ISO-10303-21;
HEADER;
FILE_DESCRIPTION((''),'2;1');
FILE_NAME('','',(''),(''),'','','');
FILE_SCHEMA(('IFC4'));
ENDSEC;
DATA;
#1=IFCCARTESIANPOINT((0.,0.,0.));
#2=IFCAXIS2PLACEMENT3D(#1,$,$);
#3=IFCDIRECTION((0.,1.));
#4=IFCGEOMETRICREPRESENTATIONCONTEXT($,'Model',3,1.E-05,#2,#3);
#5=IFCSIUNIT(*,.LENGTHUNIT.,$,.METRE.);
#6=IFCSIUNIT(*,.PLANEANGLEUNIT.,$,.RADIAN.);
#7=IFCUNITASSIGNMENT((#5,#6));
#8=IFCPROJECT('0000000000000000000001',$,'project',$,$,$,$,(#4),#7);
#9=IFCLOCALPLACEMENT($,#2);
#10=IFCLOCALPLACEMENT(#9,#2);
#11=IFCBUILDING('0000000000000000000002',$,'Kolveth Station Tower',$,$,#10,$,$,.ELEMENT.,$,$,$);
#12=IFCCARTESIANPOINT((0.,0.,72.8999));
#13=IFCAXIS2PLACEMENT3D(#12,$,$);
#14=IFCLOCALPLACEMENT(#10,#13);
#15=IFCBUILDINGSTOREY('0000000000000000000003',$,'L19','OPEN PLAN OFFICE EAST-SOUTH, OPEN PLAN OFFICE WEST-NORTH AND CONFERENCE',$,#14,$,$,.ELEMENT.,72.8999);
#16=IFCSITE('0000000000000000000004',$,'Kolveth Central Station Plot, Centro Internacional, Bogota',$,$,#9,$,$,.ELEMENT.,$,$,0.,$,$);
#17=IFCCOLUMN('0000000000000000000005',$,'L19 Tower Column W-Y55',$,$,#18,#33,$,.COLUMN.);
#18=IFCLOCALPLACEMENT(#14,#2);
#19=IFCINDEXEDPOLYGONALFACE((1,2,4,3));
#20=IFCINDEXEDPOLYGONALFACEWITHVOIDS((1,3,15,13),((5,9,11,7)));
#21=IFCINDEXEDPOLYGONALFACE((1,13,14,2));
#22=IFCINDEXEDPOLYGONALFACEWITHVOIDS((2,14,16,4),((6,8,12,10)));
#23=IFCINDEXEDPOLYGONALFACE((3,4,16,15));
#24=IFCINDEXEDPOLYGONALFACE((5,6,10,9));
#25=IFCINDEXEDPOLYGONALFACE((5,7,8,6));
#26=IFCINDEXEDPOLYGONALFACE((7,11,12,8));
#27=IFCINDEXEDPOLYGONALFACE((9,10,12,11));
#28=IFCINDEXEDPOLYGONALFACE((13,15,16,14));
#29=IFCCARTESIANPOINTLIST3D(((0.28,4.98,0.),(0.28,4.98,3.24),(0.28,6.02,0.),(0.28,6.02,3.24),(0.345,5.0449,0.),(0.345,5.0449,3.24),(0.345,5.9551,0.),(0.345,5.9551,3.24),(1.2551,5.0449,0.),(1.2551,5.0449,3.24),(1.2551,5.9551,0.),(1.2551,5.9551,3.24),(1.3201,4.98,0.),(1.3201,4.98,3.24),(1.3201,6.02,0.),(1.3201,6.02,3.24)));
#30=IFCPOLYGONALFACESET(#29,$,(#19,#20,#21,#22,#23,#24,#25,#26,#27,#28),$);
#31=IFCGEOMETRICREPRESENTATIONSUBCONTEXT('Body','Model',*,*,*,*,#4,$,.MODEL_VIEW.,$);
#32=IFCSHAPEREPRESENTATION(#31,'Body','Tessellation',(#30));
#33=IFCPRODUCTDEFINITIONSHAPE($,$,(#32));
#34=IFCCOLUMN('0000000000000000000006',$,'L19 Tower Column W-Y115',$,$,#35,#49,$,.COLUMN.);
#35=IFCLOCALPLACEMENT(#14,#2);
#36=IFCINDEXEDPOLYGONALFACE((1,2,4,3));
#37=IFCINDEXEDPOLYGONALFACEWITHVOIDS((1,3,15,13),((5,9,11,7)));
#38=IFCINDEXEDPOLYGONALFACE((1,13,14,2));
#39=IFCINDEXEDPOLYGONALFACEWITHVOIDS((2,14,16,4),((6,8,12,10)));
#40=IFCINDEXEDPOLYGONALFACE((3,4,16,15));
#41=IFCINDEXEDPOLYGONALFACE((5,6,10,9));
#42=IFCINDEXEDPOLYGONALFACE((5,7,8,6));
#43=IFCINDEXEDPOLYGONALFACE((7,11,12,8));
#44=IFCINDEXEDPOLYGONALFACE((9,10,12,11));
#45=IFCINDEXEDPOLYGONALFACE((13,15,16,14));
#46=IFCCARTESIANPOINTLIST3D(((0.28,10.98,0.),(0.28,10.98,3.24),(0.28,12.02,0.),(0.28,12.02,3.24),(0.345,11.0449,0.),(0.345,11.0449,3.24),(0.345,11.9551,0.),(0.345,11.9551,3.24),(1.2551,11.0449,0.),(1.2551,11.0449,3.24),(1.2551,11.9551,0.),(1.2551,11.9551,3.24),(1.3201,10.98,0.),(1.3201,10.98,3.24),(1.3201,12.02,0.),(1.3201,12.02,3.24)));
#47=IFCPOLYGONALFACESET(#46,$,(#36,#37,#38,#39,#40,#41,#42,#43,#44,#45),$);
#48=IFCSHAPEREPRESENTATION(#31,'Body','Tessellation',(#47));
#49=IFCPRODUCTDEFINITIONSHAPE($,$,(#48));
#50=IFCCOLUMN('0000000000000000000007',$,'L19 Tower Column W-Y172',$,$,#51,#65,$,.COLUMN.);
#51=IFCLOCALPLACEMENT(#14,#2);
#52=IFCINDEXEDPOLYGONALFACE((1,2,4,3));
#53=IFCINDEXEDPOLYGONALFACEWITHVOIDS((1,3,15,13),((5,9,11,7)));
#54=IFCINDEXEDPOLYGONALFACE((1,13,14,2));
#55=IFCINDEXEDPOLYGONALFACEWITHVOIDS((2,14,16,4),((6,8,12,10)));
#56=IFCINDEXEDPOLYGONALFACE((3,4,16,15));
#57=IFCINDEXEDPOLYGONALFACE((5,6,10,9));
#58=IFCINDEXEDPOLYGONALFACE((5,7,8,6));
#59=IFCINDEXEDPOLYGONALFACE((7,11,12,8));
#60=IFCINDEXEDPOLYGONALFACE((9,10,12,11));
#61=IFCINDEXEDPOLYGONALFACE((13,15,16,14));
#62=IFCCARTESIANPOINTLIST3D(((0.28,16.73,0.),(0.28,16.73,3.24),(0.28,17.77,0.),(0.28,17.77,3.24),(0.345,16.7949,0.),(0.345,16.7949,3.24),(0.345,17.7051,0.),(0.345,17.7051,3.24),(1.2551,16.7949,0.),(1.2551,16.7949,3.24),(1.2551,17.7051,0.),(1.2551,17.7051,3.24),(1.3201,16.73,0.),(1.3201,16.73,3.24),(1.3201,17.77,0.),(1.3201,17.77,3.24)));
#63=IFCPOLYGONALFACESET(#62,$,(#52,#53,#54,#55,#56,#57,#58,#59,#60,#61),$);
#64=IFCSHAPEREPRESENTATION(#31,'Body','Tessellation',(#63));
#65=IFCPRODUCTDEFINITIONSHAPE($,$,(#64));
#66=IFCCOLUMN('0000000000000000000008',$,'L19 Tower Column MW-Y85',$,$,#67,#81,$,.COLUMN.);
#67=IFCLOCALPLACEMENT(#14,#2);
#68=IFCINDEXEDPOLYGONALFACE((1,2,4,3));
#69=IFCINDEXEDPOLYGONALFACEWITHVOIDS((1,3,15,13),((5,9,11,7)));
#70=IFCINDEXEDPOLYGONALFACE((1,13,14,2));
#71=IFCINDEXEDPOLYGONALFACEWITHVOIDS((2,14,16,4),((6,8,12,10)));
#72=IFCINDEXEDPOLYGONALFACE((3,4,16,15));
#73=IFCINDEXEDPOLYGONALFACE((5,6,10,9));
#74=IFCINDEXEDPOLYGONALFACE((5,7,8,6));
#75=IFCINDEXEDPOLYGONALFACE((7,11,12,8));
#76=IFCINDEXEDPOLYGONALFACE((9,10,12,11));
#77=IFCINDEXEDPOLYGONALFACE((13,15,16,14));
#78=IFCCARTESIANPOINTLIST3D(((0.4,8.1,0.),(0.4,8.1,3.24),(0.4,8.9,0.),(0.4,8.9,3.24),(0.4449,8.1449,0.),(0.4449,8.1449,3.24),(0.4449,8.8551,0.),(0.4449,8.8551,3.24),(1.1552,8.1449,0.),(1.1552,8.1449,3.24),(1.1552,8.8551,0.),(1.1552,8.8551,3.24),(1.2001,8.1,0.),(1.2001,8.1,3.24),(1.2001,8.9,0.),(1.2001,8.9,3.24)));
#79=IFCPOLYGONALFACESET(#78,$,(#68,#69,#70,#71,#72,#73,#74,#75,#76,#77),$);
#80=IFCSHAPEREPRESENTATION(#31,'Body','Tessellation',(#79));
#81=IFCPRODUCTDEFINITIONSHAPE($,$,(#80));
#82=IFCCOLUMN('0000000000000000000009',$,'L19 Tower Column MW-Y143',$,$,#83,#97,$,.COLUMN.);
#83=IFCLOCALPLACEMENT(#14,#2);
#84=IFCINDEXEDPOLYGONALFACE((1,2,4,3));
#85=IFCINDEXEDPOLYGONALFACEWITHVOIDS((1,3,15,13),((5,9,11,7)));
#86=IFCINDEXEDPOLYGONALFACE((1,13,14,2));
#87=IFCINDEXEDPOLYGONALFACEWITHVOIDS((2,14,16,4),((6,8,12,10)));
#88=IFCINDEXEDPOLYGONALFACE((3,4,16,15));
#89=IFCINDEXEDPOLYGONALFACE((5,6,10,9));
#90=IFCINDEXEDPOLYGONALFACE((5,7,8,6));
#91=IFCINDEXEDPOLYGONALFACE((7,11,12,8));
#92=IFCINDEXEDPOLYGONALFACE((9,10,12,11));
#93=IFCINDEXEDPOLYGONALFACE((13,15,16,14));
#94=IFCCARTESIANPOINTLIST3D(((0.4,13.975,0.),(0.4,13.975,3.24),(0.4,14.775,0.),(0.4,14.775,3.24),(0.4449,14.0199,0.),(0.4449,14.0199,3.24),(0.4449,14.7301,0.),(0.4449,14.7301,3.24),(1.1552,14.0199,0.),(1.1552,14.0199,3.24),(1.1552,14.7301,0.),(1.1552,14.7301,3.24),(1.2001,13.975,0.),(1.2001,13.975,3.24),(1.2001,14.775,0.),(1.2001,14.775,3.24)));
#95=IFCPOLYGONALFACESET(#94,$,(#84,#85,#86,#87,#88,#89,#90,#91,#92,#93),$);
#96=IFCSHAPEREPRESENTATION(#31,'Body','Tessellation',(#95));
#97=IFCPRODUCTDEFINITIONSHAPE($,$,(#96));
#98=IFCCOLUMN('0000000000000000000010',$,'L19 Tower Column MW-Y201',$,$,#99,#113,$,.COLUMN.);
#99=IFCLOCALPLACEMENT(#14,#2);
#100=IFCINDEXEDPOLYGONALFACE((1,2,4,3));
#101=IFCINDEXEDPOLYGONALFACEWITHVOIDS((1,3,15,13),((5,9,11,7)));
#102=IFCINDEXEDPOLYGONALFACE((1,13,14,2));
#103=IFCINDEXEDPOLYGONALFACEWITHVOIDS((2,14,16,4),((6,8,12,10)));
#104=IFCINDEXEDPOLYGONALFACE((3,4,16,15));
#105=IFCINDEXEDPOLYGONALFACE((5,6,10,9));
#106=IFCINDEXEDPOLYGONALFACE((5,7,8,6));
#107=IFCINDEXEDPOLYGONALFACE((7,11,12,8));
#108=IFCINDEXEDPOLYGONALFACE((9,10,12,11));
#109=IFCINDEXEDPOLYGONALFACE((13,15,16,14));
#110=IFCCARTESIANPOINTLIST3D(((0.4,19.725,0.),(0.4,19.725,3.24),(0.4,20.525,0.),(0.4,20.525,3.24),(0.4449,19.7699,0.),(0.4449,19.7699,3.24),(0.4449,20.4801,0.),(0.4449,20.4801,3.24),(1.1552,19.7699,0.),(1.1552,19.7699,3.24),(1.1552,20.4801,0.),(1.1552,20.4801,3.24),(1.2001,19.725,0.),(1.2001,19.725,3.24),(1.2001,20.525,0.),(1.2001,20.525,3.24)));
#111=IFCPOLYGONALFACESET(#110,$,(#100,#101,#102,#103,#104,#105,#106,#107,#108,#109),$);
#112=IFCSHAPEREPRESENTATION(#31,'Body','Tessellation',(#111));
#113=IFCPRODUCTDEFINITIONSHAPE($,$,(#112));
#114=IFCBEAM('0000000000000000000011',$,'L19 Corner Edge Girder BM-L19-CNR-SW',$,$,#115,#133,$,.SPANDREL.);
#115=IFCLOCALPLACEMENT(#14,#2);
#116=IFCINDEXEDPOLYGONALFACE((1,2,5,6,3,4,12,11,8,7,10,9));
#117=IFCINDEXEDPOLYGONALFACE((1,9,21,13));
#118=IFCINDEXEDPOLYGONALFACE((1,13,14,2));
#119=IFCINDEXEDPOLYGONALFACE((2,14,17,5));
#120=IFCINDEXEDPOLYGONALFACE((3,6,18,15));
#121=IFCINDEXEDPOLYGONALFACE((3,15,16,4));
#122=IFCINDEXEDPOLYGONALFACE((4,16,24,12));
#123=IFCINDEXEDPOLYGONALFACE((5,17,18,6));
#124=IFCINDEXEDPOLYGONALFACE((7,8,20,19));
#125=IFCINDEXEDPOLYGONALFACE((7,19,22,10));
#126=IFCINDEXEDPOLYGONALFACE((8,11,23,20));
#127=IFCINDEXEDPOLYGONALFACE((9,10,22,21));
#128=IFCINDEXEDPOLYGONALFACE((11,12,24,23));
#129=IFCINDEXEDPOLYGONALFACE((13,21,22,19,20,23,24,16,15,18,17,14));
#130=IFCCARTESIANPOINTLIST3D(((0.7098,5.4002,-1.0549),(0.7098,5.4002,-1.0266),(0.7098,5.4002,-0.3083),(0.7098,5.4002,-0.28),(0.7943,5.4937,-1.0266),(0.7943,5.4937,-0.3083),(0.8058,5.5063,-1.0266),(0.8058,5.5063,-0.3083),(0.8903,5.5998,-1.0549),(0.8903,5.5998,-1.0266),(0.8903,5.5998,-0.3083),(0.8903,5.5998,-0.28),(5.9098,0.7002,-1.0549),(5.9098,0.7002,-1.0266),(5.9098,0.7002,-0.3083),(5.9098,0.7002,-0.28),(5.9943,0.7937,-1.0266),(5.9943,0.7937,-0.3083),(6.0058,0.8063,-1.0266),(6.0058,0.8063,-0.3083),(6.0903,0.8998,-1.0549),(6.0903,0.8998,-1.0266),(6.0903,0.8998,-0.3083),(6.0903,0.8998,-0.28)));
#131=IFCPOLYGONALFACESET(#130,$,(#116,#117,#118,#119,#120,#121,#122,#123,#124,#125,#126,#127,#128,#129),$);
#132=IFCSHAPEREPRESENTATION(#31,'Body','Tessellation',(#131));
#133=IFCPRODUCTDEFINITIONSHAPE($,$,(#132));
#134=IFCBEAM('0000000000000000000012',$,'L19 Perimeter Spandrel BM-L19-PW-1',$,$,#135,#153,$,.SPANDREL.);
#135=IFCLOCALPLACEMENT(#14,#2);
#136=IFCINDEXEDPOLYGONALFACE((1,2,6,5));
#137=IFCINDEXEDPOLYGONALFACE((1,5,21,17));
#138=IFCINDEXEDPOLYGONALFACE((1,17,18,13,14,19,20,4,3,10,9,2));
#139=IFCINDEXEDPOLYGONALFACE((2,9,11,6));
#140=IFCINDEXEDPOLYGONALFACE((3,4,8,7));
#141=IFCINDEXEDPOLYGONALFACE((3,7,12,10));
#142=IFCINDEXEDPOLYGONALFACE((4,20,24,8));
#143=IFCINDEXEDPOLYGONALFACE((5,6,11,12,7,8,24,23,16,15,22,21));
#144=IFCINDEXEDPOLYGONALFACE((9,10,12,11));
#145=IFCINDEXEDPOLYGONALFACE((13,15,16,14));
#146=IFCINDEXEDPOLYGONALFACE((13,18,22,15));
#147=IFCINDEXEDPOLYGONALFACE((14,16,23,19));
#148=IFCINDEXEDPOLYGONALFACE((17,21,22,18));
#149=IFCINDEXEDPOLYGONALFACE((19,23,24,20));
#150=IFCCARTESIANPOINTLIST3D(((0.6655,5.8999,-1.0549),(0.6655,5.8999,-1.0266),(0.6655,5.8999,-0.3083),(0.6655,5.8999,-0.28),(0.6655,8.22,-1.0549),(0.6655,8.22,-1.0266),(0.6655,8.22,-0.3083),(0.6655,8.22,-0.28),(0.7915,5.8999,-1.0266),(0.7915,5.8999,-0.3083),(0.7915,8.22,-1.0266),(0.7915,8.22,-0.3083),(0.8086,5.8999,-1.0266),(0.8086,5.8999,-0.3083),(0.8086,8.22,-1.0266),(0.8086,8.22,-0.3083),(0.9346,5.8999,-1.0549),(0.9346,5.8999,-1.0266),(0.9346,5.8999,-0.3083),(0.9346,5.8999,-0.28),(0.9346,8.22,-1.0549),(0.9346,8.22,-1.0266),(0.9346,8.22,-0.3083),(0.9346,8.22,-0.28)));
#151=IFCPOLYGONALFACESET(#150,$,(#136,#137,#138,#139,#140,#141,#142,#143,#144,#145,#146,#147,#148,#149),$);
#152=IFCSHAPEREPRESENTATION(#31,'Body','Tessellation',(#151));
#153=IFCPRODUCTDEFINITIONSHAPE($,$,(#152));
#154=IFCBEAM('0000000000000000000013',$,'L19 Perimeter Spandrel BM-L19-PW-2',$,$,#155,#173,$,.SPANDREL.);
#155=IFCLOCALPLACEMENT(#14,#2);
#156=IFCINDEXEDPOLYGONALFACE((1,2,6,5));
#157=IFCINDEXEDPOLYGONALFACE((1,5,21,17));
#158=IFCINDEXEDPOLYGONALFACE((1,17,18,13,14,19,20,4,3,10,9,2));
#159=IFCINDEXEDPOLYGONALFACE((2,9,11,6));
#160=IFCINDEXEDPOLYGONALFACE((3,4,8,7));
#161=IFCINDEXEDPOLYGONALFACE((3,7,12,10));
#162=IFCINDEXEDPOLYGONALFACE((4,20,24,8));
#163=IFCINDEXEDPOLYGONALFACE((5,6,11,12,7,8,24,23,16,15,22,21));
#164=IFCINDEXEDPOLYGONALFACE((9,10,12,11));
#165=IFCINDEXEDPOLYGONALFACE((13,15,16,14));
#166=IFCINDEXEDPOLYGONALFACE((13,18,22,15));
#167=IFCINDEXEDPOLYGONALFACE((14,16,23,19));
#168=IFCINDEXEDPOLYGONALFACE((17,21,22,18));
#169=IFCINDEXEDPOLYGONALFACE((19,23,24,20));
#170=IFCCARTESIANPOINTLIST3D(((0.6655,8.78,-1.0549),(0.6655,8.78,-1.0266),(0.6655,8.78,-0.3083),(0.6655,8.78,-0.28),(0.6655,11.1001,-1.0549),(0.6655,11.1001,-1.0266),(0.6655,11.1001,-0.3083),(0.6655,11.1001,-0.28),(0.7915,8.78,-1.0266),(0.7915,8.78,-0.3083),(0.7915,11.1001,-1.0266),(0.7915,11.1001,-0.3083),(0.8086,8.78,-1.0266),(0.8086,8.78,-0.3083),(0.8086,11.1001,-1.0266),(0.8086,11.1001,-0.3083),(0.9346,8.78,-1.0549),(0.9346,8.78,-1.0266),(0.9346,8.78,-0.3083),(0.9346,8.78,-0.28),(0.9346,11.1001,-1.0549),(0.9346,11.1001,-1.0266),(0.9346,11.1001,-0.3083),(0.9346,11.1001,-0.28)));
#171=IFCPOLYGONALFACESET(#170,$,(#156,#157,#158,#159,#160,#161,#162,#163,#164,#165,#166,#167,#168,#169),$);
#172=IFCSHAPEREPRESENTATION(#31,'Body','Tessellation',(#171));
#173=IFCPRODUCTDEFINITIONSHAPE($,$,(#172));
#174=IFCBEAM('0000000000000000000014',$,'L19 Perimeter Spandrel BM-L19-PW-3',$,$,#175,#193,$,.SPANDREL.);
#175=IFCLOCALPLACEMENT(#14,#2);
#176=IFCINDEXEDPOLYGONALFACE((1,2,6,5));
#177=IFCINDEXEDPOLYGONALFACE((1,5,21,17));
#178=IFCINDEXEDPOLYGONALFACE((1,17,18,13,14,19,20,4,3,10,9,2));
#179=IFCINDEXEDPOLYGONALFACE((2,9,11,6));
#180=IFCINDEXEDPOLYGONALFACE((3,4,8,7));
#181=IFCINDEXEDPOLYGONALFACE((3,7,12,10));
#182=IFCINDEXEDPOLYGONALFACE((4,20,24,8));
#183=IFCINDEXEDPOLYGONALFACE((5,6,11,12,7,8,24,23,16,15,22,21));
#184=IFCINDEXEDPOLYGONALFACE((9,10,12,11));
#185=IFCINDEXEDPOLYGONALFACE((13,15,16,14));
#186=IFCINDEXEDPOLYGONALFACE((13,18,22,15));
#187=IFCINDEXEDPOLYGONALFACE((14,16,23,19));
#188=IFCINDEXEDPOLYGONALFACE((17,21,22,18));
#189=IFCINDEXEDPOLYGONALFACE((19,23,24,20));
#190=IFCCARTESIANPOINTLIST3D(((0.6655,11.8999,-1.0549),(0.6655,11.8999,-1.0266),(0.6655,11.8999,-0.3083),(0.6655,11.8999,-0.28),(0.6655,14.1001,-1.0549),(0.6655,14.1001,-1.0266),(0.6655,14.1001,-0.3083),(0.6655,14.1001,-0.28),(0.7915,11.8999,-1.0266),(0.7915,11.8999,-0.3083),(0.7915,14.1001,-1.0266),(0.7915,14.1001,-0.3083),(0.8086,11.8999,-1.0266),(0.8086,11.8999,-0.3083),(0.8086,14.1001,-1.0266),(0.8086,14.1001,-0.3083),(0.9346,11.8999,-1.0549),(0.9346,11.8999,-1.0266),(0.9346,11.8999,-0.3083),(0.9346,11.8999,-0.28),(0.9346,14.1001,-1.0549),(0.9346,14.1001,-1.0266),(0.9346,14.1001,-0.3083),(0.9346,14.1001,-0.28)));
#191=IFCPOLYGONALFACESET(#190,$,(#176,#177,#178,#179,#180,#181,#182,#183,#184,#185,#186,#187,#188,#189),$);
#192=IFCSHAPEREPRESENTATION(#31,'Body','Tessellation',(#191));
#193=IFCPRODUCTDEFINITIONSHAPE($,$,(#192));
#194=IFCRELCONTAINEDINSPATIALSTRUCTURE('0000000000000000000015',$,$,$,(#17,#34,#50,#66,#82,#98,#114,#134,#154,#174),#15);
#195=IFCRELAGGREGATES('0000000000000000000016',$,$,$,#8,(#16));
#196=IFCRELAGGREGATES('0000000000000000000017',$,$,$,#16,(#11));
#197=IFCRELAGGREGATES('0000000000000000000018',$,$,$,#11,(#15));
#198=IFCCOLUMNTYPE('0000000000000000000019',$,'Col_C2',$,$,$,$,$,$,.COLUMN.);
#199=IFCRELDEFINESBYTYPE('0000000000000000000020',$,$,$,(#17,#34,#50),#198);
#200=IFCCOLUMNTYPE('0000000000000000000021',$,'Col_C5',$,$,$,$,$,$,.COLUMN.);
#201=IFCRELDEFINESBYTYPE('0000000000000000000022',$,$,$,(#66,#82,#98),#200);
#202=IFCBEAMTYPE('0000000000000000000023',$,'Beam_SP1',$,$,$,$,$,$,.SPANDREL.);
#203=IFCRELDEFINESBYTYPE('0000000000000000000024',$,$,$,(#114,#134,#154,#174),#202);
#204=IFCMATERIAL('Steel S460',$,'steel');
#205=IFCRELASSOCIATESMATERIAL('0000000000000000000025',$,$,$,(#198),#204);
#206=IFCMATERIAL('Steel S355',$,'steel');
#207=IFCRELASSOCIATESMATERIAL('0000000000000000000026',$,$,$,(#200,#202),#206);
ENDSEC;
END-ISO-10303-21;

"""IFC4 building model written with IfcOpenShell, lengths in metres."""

from ifc_helpers import new_model, si_unit, direction, frame, origin, origin_2d, place, context, subcontext, project, spatial, hollow_rectangle, i_section, extrude, source, transform, mapped, material, material_profile, profile_set, type_object, element, save


model = new_model("IFC4")

# Units and contexts
model_context = context("Model", 3, precision=1e-05, world=origin(), true_north=direction((0.0, 1.0)))
body_context = subcontext(model_context, "Body", "Model", "MODEL_VIEW")
ifc_project = project(units=[si_unit("LENGTHUNIT", "METRE"), si_unit("PLANEANGLEUNIT", "RADIAN")], contexts=[model_context])

# Site, building, storey
site_placement = place(None, origin())
site = spatial("IfcSite", under=ifc_project, at=site_placement, Name="Kolveth Central Station Plot, Centro Internacional, Bogota", CompositionType="ELEMENT", RefElevation=0.0)
building_placement = place(site_placement, origin())
building = spatial("IfcBuilding", under=site, at=building_placement, Name="Kolveth Station Tower", CompositionType="ELEMENT")
storey_placement = place(building_placement, frame((0.0, 0.0, 72.8999)))
storey = spatial("IfcBuildingStorey", under=building, at=storey_placement, Name="L19", Description="OPEN PLAN OFFICE EAST-SOUTH, OPEN PLAN OFFICE WEST-NORTH AND CONFERENCE", CompositionType="ELEMENT", Elevation=72.8999)

# Columns
ifc_material_1 = material(Name="Steel S460", Category="steel")
ifc_material_profile_1 = material_profile(ifc_material_1, hollow_rectangle(XDim=1.04, YDim=1.04, WallThickness=0.0649, at=origin_2d()), Name="BOX1040x1040x65")
ifc_profile_set_1 = profile_set([ifc_material_profile_1], Name="Steel S460")
column_type_1 = type_object("IfcColumnType", Name="Col_C2", PredefinedType="COLUMN", material=ifc_profile_set_1)
shared_shape_1 = source(origin(), body_context, "Body", "SweptSolid", [
    extrude(hollow_rectangle(XDim=1.04, YDim=1.04, WallThickness=0.0649, at=origin_2d()), origin(), (0.0, 0.0, 1.0), 3.24),
])
for number, where, z_axis, x_axis, name in (
    (1, (0.8, 5.5, 0.0), (0.0, 0.0, 1.0), (1.0, 0.0, 0.0), "L19 Tower Column W-Y55"),
    (2, (0.8, 11.5, 0.0), (0.0, 0.0, 1.0), (1.0, 0.0, 0.0), "L19 Tower Column W-Y115"),
    (3, (0.8, 17.25, 0.0), (0.0, 0.0, 1.0), (1.0, 0.0, 0.0), "L19 Tower Column W-Y172"),
):
    element("IfcColumn", number, at=place(storey_placement, frame(where, z_axis=z_axis, x_axis=x_axis)), inside=storey, type_object=column_type_1, Name=name, PredefinedType="COLUMN", context=body_context, shape_type="MappedRepresentation", body=[
        mapped(shared_shape_1, transform((0.0, 0.0, 0.0), x_axis=(1.0, 0.0, 0.0), y_axis=(0.0, 1.0, 0.0), z_axis=(0.0, 0.0, 1.0), scale=1.0)),
    ])
ifc_material_2 = material(Name="Steel S355", Category="steel")
ifc_material_profile_2 = material_profile(ifc_material_2, hollow_rectangle(XDim=0.8, YDim=0.8, WallThickness=0.0449, at=origin_2d()), Name="BOX800x800x45")
ifc_profile_set_2 = profile_set([ifc_material_profile_2], Name="Steel S355")
column_type_2 = type_object("IfcColumnType", Name="Col_C5", PredefinedType="COLUMN", material=ifc_profile_set_2)
shared_shape_2 = source(origin(), body_context, "Body", "SweptSolid", [
    extrude(hollow_rectangle(XDim=0.8, YDim=0.8, WallThickness=0.0449, at=origin_2d()), origin(), (0.0, 0.0, 1.0), 3.24),
])
for number, where, z_axis, x_axis, name in (
    (4, (0.8, 8.5, 0.0), (0.0, 0.0, 1.0), (1.0, 0.0, 0.0), "L19 Tower Column MW-Y85"),
    (5, (0.8, 14.375, 0.0), (0.0, 0.0, 1.0), (1.0, 0.0, 0.0), "L19 Tower Column MW-Y143"),
    (6, (0.8, 20.125, 0.0), (0.0, 0.0, 1.0), (1.0, 0.0, 0.0), "L19 Tower Column MW-Y201"),
):
    element("IfcColumn", number, at=place(storey_placement, frame(where, z_axis=z_axis, x_axis=x_axis)), inside=storey, type_object=column_type_2, Name=name, PredefinedType="COLUMN", context=body_context, shape_type="MappedRepresentation", body=[
        mapped(shared_shape_2, transform((0.0, 0.0, 0.0), x_axis=(1.0, 0.0, 0.0), y_axis=(0.0, 1.0, 0.0), z_axis=(0.0, 0.0, 1.0), scale=1.0)),
    ])

# Beams
ifc_material_profile_3 = material_profile(ifc_material_2, i_section(OverallWidth=0.269, OverallDepth=0.7749, WebThickness=0.0171, FlangeThickness=0.0283, at=origin_2d()), Name="W760x220")
ifc_profile_set_3 = profile_set([ifc_material_profile_3], Name="Steel S355")
beam_type_1 = type_object("IfcBeamType", Name="Beam_SP1", PredefinedType="SPANDREL", material=ifc_profile_set_3)
shared_shape_3 = source(origin(), body_context, "Body", "SweptSolid", [
    extrude(i_section(OverallWidth=0.269, OverallDepth=0.7749, WebThickness=0.0171, FlangeThickness=0.0283, at=origin_2d()), origin(), (0.0, 0.0, 1.0), 7.0093),
])
beam_1_placement = place(storey_placement, frame((0.8, 5.5, -0.6675), z_axis=(0.741874, -0.670539, 0.0), x_axis=(0.670539, 0.741874, 0.0)))
element("IfcBeam", 7, at=beam_1_placement, inside=storey, type_object=beam_type_1, Name="L19 Corner Edge Girder BM-L19-CNR-SW", PredefinedType="SPANDREL", context=body_context, shape_type="MappedRepresentation", body=[
    mapped(shared_shape_3, transform((0.0, 0.0, 0.0), x_axis=(1.0, 0.0, 0.0), y_axis=(0.0, 1.0, 0.0), z_axis=(0.0, 0.0, 1.0), scale=1.0)),
])
shared_shape_4 = source(origin(), body_context, "Body", "SweptSolid", [
    extrude(i_section(OverallWidth=0.269, OverallDepth=0.7749, WebThickness=0.0171, FlangeThickness=0.0283, at=origin_2d()), origin(), (0.0, 0.0, 1.0), 2.3201),
])
for number, where, z_axis, x_axis, name in (
    (8, (0.8, 5.8999, -0.6675), (0.0, 1.0, 0.0), (-1.0, 0.0, 0.0), "L19 Perimeter Spandrel BM-L19-PW-1"),
    (9, (0.8, 8.78, -0.6675), (0.0, 1.0, 0.0), (-1.0, 0.0, 0.0), "L19 Perimeter Spandrel BM-L19-PW-2"),
):
    element("IfcBeam", number, at=place(storey_placement, frame(where, z_axis=z_axis, x_axis=x_axis)), inside=storey, type_object=beam_type_1, Name=name, PredefinedType="SPANDREL", context=body_context, shape_type="MappedRepresentation", body=[
        mapped(shared_shape_4, transform((0.0, 0.0, 0.0), x_axis=(1.0, 0.0, 0.0), y_axis=(0.0, 1.0, 0.0), z_axis=(0.0, 0.0, 1.0), scale=1.0)),
    ])
shared_shape_5 = source(origin(), body_context, "Body", "SweptSolid", [
    extrude(i_section(OverallWidth=0.269, OverallDepth=0.7749, WebThickness=0.0171, FlangeThickness=0.0283, at=origin_2d()), origin(), (0.0, 0.0, 1.0), 2.2002),
])
beam_2_placement = place(storey_placement, frame((0.8, 11.8999, -0.6675), z_axis=(0.0, 1.0, 0.0), x_axis=(-1.0, 0.0, 0.0)))
element("IfcBeam", 10, at=beam_2_placement, inside=storey, type_object=beam_type_1, Name="L19 Perimeter Spandrel BM-L19-PW-3", PredefinedType="SPANDREL", context=body_context, shape_type="MappedRepresentation", body=[
    mapped(shared_shape_5, transform((0.0, 0.0, 0.0), x_axis=(1.0, 0.0, 0.0), y_axis=(0.0, 1.0, 0.0), z_axis=(0.0, 0.0, 1.0), scale=1.0)),
])

save(model, "model.ifc")
